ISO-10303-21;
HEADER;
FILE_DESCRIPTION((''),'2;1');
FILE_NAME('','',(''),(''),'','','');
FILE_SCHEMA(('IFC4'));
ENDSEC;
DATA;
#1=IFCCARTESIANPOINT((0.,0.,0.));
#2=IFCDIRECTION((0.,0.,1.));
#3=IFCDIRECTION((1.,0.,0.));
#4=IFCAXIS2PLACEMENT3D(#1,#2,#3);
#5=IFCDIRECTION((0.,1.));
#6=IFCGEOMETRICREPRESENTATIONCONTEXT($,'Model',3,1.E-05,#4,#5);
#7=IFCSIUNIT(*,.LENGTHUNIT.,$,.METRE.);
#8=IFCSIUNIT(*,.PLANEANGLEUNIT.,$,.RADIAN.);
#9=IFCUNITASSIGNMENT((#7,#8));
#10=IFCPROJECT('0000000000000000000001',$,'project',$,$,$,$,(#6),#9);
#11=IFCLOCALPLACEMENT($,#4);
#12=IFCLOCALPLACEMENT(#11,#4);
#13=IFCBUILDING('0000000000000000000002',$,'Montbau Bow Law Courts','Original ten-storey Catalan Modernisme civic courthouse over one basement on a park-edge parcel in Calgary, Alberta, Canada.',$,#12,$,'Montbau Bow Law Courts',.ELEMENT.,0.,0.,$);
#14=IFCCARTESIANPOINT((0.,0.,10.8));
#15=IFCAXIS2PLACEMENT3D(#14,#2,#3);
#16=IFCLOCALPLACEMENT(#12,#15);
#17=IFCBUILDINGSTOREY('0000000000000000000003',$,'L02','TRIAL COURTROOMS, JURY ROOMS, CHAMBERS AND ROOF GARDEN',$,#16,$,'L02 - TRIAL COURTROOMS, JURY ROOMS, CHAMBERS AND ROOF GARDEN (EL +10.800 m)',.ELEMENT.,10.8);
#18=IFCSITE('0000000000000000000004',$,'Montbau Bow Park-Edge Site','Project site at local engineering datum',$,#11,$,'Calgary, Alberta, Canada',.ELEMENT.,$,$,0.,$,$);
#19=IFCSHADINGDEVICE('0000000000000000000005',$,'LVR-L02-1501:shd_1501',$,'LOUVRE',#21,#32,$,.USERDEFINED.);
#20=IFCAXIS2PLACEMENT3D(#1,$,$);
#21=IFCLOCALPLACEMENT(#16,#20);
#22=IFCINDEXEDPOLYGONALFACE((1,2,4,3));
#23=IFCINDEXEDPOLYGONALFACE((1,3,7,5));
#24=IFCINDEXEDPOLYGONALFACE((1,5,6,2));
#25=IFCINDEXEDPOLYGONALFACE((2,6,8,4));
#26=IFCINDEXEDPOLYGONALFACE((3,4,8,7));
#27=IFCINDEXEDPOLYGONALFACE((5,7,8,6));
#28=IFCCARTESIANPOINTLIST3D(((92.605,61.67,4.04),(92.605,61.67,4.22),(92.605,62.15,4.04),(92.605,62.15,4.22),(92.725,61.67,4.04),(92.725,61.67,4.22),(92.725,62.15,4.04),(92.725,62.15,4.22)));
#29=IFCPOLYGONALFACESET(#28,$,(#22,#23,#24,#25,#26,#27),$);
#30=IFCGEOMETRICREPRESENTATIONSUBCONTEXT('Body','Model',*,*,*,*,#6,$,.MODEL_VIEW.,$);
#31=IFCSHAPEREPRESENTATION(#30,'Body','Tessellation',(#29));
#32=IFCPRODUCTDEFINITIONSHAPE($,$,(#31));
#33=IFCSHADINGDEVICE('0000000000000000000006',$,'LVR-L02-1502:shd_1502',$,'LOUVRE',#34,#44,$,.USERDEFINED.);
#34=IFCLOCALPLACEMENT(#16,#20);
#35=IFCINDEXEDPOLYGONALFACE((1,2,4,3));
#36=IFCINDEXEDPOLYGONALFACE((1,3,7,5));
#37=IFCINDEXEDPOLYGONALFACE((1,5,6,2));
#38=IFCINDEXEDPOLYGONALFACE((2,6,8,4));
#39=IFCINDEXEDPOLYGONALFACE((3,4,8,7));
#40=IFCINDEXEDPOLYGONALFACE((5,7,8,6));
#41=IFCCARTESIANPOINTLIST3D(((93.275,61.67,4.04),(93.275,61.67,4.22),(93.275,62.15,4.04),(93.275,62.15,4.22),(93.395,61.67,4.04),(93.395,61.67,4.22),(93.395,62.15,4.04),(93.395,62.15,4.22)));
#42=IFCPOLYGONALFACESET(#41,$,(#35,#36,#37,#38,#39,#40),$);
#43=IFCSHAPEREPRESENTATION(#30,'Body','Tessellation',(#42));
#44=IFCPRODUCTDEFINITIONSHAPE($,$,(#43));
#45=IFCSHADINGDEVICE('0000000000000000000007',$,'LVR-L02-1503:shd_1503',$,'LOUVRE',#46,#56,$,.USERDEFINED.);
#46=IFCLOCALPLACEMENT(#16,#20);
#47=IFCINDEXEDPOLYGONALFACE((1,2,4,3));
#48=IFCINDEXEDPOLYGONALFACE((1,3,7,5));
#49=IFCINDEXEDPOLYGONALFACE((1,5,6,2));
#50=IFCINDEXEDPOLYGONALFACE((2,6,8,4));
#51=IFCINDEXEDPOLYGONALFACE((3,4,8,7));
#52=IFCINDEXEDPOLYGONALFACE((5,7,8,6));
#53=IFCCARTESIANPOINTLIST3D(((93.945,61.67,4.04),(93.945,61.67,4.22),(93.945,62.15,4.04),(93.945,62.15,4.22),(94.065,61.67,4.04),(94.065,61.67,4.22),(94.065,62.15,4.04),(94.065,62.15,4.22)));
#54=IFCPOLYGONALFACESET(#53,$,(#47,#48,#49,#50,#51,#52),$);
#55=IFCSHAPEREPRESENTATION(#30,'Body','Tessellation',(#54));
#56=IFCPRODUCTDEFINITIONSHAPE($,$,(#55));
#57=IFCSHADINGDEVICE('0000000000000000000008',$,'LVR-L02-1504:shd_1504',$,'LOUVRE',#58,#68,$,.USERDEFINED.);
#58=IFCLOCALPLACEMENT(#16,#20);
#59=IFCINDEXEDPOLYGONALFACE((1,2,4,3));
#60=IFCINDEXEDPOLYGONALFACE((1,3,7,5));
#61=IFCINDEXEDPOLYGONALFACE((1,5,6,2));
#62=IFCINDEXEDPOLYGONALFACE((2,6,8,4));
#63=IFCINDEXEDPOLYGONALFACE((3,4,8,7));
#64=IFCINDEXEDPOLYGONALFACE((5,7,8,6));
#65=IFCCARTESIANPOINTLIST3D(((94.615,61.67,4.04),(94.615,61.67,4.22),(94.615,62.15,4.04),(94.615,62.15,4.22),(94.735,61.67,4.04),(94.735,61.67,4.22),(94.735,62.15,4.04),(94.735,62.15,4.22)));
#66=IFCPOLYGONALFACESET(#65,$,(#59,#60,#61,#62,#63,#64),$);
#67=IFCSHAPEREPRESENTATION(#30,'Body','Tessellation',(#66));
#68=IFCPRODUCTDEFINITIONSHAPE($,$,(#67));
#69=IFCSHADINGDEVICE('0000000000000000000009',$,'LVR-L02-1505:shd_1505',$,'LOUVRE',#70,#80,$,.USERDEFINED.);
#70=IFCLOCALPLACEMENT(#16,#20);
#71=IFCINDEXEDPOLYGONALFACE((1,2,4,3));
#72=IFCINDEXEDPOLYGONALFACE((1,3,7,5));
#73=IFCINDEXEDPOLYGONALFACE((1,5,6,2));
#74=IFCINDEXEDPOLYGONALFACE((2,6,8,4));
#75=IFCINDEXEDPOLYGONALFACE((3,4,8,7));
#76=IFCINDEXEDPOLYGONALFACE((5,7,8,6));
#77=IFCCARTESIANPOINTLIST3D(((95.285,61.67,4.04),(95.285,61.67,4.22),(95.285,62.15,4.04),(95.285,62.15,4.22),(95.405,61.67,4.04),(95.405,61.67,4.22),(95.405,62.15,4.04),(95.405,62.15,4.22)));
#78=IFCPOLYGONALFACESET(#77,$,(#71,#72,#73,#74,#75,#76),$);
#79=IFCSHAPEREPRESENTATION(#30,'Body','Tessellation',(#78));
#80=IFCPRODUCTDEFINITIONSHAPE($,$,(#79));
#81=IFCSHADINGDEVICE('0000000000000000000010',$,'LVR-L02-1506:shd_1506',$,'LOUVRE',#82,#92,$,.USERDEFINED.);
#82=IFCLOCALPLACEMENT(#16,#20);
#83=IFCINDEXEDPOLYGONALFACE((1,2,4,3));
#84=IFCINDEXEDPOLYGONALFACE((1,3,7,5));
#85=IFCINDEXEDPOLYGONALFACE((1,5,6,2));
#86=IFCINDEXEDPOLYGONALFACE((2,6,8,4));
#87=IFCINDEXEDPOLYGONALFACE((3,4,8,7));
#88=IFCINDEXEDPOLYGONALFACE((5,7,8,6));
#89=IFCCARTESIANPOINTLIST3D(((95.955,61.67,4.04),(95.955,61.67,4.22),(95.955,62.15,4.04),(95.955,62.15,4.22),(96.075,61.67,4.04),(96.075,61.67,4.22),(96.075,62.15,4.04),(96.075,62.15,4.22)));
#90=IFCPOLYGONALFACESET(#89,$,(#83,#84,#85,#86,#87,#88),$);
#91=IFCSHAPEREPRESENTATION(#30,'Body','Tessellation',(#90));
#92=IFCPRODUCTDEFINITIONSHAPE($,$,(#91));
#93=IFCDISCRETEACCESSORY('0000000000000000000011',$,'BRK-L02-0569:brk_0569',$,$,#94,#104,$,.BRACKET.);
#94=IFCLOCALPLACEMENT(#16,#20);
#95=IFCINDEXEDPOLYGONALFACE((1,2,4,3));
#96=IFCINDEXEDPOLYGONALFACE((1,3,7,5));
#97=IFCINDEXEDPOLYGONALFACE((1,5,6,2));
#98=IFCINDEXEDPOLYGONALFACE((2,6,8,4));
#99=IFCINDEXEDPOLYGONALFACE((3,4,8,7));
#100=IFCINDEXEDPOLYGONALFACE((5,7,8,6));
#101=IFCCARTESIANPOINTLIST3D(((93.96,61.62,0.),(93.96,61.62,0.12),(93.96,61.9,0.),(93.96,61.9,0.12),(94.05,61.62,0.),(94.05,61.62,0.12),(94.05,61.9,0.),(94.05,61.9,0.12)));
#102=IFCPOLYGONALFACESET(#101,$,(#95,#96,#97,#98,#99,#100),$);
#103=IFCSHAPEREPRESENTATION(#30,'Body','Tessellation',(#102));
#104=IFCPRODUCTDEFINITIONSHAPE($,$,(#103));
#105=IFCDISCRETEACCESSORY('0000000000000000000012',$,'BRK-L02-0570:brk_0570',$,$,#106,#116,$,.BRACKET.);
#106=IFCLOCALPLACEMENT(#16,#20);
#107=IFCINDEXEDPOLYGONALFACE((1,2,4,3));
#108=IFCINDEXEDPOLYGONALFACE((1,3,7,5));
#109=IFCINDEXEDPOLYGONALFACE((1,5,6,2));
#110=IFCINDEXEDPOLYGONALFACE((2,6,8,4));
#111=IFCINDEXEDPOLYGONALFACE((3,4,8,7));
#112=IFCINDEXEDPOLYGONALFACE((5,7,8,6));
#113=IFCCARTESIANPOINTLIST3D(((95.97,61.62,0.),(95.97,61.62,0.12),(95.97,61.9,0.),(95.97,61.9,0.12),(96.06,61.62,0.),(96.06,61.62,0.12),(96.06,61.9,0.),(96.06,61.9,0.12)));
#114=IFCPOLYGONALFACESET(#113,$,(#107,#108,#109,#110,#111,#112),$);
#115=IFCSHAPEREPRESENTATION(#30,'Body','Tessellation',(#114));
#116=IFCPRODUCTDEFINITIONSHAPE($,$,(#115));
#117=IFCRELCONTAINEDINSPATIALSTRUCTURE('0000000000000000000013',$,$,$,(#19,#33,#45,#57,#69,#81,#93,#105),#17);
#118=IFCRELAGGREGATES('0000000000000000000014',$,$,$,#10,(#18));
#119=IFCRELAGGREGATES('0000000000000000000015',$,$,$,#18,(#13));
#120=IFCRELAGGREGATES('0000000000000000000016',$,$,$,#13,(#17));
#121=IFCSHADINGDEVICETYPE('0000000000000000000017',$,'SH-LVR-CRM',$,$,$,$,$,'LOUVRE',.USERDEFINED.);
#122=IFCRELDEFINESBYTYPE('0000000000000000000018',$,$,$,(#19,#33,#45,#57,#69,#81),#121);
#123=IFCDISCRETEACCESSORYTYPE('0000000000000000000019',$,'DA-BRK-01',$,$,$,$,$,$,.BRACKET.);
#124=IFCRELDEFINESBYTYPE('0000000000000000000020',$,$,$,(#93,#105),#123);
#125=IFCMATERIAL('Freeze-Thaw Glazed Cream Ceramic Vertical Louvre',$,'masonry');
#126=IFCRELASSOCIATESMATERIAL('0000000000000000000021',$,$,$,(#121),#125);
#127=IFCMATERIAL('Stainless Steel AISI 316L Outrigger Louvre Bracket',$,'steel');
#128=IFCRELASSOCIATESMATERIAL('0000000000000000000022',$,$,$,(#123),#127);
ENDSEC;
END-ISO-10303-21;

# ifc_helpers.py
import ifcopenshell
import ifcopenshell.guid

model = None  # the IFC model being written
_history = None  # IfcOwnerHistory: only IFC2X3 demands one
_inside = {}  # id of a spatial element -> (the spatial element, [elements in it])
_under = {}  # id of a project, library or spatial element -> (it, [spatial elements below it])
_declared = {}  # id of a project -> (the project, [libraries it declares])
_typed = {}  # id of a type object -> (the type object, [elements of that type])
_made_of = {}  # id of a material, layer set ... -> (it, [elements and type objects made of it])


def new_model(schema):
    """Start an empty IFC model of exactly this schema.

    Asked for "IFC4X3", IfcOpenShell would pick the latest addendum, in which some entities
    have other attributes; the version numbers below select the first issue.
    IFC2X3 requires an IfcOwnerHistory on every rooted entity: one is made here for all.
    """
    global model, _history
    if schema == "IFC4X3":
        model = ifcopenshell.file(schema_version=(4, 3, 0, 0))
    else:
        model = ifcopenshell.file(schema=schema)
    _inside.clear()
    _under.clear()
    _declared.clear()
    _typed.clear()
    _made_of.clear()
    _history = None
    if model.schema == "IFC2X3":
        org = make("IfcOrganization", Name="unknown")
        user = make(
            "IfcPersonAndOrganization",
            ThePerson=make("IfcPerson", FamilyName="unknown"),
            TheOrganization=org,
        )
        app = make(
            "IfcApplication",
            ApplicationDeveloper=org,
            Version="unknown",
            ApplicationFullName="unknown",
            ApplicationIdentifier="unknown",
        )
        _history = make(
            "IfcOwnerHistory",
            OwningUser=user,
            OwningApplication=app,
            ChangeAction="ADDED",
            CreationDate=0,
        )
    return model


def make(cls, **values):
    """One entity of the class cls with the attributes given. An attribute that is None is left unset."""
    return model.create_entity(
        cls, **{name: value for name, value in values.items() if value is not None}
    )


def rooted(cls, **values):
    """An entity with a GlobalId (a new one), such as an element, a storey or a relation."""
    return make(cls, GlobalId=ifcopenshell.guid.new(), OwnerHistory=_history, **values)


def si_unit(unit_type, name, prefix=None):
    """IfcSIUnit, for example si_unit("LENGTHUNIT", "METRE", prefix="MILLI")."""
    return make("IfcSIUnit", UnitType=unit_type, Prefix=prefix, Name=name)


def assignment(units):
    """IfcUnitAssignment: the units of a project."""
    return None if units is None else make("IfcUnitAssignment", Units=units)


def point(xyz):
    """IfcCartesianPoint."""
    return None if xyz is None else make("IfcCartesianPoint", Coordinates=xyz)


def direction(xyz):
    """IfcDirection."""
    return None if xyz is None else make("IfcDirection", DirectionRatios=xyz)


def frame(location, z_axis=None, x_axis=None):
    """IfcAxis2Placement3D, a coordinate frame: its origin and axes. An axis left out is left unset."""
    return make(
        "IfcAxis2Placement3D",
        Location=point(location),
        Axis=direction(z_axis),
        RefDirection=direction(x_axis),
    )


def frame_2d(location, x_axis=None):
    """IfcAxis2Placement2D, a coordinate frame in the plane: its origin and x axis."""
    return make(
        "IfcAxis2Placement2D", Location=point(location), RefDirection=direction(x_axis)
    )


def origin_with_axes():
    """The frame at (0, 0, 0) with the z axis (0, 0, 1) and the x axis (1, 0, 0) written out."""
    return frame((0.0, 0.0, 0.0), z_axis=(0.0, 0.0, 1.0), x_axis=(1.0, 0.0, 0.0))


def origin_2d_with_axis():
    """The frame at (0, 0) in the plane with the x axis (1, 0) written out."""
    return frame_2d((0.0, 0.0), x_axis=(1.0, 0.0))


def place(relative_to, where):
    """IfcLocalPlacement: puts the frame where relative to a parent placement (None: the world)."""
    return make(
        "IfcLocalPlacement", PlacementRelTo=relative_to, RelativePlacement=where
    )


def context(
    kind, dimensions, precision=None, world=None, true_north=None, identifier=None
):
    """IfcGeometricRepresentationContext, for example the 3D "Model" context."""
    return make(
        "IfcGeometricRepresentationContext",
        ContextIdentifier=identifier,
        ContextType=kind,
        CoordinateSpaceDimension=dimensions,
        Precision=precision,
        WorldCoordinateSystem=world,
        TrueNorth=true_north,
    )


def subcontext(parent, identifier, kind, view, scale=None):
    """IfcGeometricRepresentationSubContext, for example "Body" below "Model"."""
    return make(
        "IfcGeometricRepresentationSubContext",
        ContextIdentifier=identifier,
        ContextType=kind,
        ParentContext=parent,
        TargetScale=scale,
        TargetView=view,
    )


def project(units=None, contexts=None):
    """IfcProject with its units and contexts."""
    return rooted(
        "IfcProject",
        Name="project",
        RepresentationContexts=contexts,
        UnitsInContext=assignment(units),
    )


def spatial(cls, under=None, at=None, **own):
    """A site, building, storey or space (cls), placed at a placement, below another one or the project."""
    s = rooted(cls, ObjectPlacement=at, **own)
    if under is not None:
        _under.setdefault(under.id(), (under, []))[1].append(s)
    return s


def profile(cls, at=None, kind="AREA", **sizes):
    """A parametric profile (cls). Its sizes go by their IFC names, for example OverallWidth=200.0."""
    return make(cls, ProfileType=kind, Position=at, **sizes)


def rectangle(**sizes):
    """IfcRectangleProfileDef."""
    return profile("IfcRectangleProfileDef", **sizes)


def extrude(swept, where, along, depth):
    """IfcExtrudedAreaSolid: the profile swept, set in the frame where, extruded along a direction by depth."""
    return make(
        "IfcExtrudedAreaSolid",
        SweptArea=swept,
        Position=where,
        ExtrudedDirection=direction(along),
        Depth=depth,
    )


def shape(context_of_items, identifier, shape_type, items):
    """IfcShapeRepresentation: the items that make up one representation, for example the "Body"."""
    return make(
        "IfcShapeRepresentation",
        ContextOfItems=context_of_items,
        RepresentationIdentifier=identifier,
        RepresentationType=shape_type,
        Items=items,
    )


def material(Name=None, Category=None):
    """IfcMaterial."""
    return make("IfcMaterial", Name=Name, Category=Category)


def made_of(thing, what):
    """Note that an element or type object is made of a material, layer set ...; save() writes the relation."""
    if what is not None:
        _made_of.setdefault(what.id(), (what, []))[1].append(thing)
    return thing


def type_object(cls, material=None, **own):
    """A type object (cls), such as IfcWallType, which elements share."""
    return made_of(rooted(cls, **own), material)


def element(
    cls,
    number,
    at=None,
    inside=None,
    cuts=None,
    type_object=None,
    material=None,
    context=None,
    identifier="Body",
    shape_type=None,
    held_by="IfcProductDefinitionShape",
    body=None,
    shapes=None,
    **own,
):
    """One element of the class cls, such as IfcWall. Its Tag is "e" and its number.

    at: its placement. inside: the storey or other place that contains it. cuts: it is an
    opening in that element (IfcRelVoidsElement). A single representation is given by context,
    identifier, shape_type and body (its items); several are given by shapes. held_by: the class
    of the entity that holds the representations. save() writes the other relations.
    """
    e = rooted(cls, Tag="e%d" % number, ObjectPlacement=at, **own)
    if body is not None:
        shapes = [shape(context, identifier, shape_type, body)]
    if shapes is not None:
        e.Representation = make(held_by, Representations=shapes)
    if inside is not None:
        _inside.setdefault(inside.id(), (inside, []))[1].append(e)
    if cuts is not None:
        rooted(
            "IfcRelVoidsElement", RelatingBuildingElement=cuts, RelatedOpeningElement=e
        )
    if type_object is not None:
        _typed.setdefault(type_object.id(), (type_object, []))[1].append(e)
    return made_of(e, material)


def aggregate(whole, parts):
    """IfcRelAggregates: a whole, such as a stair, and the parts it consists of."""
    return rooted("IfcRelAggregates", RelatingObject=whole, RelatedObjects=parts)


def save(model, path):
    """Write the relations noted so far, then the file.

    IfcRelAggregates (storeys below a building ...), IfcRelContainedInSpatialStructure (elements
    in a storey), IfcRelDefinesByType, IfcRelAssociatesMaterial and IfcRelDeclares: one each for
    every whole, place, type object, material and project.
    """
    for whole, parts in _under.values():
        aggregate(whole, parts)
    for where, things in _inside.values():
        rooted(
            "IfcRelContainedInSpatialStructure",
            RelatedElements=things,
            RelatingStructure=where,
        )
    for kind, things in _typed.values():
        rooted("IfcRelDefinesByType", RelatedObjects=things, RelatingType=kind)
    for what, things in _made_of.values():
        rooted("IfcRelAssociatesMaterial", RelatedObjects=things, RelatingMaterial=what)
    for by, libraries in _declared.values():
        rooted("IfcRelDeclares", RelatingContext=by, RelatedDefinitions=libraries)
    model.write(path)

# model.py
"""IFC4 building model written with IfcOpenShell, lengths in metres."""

from ifc_helpers import new_model, si_unit, direction, frame, origin_with_axes, origin_2d_with_axis, place, context, subcontext, project, spatial, rectangle, extrude, material, type_object, element, save


model = new_model("IFC4")

# Units and contexts
model_context = context("Model", 3, precision=1e-05, world=origin_with_axes(), true_north=direction((0.0, 1.0)))
body_context = subcontext(model_context, "Body", "Model", "MODEL_VIEW")
ifc_project = project(units=[si_unit("LENGTHUNIT", "METRE"), si_unit("PLANEANGLEUNIT", "RADIAN")], contexts=[model_context])

# Site, building, storey
site_placement = place(None, origin_with_axes())
site = spatial("IfcSite", under=ifc_project, at=site_placement, Name="Montbau Bow Park-Edge Site", Description="Project site at local engineering datum", LongName="Calgary, Alberta, Canada", CompositionType="ELEMENT", RefElevation=0.0)
building_placement = place(site_placement, origin_with_axes())
building = spatial("IfcBuilding", under=site, at=building_placement, Name="Montbau Bow Law Courts", Description="Original ten-storey Catalan Modernisme civic courthouse over one basement on a park-edge parcel in Calgary, Alberta, Canada.", LongName="Montbau Bow Law Courts", CompositionType="ELEMENT", ElevationOfRefHeight=0.0, ElevationOfTerrain=0.0)
storey_placement = place(building_placement, frame((0.0, 0.0, 10.8), z_axis=(0.0, 0.0, 1.0), x_axis=(1.0, 0.0, 0.0)))
storey = spatial("IfcBuildingStorey", under=building, at=storey_placement, Name="L02", Description="TRIAL COURTROOMS, JURY ROOMS, CHAMBERS AND ROOF GARDEN", LongName="L02 - TRIAL COURTROOMS, JURY ROOMS, CHAMBERS AND ROOF GARDEN (EL +10.800 m)", CompositionType="ELEMENT", Elevation=10.8)

# Shading devices
ifc_material_1 = material(Name="Freeze-Thaw Glazed Cream Ceramic Vertical Louvre", Category="masonry")
shading_device_type = type_object("IfcShadingDeviceType", Name="SH-LVR-CRM", ElementType="LOUVRE", PredefinedType="USERDEFINED", material=ifc_material_1)
for number, where, z_axis, x_axis, name in (
    (1, (92.665, 61.91, 14.84), (0.0, 0.0, 1.0), (0.0, 1.0, 0.0), "LVR-L02-1501:shd_1501"),
    (2, (93.335, 61.91, 14.84), (0.0, 0.0, 1.0), (0.0, 1.0, 0.0), "LVR-L02-1502:shd_1502"),
    (3, (94.005, 61.91, 14.84), (0.0, 0.0, 1.0), (0.0, 1.0, 0.0), "LVR-L02-1503:shd_1503"),
    (4, (94.675, 61.91, 14.84), (0.0, 0.0, 1.0), (0.0, 1.0, 0.0), "LVR-L02-1504:shd_1504"),
    (5, (95.345, 61.91, 14.84), (0.0, 0.0, 1.0), (0.0, 1.0, 0.0), "LVR-L02-1505:shd_1505"),
    (6, (96.015, 61.91, 14.84), (0.0, 0.0, 1.0), (0.0, 1.0, 0.0), "LVR-L02-1506:shd_1506"),
):
    element("IfcShadingDevice", number, at=place(None, frame(where, z_axis=z_axis, x_axis=x_axis)), inside=storey, type_object=shading_device_type, Name=name, ObjectType="LOUVRE", PredefinedType="USERDEFINED", context=body_context, shape_type="SweptSolid", body=[
        extrude(rectangle(XDim=0.48, YDim=0.12, at=origin_2d_with_axis()), origin_with_axes(), (0.0, 0.0, 1.0), 0.18),
    ])

# Discrete accessories
ifc_material_2 = material(Name="Stainless Steel AISI 316L Outrigger Louvre Bracket", Category="steel")
discrete_accessory_type = type_object("IfcDiscreteAccessoryType", Name="DA-BRK-01", PredefinedType="BRACKET", material=ifc_material_2)
for number, where, z_axis, x_axis, name in (
    (7, (94.005, 61.76, 10.8), (0.0, 0.0, 1.0), (0.0, 1.0, 0.0), "BRK-L02-0569:brk_0569"),
    (8, (96.015, 61.76, 10.8), (0.0, 0.0, 1.0), (0.0, 1.0, 0.0), "BRK-L02-0570:brk_0570"),
):
    element("IfcDiscreteAccessory", number, at=place(None, frame(where, z_axis=z_axis, x_axis=x_axis)), inside=storey, type_object=discrete_accessory_type, Name=name, PredefinedType="BRACKET", context=body_context, shape_type="SweptSolid", body=[
        extrude(rectangle(XDim=0.28, YDim=0.09, at=origin_2d_with_axis()), origin_with_axes(), (0.0, 0.0, 1.0), 0.12),
    ])

save(model, "model.ifc")
